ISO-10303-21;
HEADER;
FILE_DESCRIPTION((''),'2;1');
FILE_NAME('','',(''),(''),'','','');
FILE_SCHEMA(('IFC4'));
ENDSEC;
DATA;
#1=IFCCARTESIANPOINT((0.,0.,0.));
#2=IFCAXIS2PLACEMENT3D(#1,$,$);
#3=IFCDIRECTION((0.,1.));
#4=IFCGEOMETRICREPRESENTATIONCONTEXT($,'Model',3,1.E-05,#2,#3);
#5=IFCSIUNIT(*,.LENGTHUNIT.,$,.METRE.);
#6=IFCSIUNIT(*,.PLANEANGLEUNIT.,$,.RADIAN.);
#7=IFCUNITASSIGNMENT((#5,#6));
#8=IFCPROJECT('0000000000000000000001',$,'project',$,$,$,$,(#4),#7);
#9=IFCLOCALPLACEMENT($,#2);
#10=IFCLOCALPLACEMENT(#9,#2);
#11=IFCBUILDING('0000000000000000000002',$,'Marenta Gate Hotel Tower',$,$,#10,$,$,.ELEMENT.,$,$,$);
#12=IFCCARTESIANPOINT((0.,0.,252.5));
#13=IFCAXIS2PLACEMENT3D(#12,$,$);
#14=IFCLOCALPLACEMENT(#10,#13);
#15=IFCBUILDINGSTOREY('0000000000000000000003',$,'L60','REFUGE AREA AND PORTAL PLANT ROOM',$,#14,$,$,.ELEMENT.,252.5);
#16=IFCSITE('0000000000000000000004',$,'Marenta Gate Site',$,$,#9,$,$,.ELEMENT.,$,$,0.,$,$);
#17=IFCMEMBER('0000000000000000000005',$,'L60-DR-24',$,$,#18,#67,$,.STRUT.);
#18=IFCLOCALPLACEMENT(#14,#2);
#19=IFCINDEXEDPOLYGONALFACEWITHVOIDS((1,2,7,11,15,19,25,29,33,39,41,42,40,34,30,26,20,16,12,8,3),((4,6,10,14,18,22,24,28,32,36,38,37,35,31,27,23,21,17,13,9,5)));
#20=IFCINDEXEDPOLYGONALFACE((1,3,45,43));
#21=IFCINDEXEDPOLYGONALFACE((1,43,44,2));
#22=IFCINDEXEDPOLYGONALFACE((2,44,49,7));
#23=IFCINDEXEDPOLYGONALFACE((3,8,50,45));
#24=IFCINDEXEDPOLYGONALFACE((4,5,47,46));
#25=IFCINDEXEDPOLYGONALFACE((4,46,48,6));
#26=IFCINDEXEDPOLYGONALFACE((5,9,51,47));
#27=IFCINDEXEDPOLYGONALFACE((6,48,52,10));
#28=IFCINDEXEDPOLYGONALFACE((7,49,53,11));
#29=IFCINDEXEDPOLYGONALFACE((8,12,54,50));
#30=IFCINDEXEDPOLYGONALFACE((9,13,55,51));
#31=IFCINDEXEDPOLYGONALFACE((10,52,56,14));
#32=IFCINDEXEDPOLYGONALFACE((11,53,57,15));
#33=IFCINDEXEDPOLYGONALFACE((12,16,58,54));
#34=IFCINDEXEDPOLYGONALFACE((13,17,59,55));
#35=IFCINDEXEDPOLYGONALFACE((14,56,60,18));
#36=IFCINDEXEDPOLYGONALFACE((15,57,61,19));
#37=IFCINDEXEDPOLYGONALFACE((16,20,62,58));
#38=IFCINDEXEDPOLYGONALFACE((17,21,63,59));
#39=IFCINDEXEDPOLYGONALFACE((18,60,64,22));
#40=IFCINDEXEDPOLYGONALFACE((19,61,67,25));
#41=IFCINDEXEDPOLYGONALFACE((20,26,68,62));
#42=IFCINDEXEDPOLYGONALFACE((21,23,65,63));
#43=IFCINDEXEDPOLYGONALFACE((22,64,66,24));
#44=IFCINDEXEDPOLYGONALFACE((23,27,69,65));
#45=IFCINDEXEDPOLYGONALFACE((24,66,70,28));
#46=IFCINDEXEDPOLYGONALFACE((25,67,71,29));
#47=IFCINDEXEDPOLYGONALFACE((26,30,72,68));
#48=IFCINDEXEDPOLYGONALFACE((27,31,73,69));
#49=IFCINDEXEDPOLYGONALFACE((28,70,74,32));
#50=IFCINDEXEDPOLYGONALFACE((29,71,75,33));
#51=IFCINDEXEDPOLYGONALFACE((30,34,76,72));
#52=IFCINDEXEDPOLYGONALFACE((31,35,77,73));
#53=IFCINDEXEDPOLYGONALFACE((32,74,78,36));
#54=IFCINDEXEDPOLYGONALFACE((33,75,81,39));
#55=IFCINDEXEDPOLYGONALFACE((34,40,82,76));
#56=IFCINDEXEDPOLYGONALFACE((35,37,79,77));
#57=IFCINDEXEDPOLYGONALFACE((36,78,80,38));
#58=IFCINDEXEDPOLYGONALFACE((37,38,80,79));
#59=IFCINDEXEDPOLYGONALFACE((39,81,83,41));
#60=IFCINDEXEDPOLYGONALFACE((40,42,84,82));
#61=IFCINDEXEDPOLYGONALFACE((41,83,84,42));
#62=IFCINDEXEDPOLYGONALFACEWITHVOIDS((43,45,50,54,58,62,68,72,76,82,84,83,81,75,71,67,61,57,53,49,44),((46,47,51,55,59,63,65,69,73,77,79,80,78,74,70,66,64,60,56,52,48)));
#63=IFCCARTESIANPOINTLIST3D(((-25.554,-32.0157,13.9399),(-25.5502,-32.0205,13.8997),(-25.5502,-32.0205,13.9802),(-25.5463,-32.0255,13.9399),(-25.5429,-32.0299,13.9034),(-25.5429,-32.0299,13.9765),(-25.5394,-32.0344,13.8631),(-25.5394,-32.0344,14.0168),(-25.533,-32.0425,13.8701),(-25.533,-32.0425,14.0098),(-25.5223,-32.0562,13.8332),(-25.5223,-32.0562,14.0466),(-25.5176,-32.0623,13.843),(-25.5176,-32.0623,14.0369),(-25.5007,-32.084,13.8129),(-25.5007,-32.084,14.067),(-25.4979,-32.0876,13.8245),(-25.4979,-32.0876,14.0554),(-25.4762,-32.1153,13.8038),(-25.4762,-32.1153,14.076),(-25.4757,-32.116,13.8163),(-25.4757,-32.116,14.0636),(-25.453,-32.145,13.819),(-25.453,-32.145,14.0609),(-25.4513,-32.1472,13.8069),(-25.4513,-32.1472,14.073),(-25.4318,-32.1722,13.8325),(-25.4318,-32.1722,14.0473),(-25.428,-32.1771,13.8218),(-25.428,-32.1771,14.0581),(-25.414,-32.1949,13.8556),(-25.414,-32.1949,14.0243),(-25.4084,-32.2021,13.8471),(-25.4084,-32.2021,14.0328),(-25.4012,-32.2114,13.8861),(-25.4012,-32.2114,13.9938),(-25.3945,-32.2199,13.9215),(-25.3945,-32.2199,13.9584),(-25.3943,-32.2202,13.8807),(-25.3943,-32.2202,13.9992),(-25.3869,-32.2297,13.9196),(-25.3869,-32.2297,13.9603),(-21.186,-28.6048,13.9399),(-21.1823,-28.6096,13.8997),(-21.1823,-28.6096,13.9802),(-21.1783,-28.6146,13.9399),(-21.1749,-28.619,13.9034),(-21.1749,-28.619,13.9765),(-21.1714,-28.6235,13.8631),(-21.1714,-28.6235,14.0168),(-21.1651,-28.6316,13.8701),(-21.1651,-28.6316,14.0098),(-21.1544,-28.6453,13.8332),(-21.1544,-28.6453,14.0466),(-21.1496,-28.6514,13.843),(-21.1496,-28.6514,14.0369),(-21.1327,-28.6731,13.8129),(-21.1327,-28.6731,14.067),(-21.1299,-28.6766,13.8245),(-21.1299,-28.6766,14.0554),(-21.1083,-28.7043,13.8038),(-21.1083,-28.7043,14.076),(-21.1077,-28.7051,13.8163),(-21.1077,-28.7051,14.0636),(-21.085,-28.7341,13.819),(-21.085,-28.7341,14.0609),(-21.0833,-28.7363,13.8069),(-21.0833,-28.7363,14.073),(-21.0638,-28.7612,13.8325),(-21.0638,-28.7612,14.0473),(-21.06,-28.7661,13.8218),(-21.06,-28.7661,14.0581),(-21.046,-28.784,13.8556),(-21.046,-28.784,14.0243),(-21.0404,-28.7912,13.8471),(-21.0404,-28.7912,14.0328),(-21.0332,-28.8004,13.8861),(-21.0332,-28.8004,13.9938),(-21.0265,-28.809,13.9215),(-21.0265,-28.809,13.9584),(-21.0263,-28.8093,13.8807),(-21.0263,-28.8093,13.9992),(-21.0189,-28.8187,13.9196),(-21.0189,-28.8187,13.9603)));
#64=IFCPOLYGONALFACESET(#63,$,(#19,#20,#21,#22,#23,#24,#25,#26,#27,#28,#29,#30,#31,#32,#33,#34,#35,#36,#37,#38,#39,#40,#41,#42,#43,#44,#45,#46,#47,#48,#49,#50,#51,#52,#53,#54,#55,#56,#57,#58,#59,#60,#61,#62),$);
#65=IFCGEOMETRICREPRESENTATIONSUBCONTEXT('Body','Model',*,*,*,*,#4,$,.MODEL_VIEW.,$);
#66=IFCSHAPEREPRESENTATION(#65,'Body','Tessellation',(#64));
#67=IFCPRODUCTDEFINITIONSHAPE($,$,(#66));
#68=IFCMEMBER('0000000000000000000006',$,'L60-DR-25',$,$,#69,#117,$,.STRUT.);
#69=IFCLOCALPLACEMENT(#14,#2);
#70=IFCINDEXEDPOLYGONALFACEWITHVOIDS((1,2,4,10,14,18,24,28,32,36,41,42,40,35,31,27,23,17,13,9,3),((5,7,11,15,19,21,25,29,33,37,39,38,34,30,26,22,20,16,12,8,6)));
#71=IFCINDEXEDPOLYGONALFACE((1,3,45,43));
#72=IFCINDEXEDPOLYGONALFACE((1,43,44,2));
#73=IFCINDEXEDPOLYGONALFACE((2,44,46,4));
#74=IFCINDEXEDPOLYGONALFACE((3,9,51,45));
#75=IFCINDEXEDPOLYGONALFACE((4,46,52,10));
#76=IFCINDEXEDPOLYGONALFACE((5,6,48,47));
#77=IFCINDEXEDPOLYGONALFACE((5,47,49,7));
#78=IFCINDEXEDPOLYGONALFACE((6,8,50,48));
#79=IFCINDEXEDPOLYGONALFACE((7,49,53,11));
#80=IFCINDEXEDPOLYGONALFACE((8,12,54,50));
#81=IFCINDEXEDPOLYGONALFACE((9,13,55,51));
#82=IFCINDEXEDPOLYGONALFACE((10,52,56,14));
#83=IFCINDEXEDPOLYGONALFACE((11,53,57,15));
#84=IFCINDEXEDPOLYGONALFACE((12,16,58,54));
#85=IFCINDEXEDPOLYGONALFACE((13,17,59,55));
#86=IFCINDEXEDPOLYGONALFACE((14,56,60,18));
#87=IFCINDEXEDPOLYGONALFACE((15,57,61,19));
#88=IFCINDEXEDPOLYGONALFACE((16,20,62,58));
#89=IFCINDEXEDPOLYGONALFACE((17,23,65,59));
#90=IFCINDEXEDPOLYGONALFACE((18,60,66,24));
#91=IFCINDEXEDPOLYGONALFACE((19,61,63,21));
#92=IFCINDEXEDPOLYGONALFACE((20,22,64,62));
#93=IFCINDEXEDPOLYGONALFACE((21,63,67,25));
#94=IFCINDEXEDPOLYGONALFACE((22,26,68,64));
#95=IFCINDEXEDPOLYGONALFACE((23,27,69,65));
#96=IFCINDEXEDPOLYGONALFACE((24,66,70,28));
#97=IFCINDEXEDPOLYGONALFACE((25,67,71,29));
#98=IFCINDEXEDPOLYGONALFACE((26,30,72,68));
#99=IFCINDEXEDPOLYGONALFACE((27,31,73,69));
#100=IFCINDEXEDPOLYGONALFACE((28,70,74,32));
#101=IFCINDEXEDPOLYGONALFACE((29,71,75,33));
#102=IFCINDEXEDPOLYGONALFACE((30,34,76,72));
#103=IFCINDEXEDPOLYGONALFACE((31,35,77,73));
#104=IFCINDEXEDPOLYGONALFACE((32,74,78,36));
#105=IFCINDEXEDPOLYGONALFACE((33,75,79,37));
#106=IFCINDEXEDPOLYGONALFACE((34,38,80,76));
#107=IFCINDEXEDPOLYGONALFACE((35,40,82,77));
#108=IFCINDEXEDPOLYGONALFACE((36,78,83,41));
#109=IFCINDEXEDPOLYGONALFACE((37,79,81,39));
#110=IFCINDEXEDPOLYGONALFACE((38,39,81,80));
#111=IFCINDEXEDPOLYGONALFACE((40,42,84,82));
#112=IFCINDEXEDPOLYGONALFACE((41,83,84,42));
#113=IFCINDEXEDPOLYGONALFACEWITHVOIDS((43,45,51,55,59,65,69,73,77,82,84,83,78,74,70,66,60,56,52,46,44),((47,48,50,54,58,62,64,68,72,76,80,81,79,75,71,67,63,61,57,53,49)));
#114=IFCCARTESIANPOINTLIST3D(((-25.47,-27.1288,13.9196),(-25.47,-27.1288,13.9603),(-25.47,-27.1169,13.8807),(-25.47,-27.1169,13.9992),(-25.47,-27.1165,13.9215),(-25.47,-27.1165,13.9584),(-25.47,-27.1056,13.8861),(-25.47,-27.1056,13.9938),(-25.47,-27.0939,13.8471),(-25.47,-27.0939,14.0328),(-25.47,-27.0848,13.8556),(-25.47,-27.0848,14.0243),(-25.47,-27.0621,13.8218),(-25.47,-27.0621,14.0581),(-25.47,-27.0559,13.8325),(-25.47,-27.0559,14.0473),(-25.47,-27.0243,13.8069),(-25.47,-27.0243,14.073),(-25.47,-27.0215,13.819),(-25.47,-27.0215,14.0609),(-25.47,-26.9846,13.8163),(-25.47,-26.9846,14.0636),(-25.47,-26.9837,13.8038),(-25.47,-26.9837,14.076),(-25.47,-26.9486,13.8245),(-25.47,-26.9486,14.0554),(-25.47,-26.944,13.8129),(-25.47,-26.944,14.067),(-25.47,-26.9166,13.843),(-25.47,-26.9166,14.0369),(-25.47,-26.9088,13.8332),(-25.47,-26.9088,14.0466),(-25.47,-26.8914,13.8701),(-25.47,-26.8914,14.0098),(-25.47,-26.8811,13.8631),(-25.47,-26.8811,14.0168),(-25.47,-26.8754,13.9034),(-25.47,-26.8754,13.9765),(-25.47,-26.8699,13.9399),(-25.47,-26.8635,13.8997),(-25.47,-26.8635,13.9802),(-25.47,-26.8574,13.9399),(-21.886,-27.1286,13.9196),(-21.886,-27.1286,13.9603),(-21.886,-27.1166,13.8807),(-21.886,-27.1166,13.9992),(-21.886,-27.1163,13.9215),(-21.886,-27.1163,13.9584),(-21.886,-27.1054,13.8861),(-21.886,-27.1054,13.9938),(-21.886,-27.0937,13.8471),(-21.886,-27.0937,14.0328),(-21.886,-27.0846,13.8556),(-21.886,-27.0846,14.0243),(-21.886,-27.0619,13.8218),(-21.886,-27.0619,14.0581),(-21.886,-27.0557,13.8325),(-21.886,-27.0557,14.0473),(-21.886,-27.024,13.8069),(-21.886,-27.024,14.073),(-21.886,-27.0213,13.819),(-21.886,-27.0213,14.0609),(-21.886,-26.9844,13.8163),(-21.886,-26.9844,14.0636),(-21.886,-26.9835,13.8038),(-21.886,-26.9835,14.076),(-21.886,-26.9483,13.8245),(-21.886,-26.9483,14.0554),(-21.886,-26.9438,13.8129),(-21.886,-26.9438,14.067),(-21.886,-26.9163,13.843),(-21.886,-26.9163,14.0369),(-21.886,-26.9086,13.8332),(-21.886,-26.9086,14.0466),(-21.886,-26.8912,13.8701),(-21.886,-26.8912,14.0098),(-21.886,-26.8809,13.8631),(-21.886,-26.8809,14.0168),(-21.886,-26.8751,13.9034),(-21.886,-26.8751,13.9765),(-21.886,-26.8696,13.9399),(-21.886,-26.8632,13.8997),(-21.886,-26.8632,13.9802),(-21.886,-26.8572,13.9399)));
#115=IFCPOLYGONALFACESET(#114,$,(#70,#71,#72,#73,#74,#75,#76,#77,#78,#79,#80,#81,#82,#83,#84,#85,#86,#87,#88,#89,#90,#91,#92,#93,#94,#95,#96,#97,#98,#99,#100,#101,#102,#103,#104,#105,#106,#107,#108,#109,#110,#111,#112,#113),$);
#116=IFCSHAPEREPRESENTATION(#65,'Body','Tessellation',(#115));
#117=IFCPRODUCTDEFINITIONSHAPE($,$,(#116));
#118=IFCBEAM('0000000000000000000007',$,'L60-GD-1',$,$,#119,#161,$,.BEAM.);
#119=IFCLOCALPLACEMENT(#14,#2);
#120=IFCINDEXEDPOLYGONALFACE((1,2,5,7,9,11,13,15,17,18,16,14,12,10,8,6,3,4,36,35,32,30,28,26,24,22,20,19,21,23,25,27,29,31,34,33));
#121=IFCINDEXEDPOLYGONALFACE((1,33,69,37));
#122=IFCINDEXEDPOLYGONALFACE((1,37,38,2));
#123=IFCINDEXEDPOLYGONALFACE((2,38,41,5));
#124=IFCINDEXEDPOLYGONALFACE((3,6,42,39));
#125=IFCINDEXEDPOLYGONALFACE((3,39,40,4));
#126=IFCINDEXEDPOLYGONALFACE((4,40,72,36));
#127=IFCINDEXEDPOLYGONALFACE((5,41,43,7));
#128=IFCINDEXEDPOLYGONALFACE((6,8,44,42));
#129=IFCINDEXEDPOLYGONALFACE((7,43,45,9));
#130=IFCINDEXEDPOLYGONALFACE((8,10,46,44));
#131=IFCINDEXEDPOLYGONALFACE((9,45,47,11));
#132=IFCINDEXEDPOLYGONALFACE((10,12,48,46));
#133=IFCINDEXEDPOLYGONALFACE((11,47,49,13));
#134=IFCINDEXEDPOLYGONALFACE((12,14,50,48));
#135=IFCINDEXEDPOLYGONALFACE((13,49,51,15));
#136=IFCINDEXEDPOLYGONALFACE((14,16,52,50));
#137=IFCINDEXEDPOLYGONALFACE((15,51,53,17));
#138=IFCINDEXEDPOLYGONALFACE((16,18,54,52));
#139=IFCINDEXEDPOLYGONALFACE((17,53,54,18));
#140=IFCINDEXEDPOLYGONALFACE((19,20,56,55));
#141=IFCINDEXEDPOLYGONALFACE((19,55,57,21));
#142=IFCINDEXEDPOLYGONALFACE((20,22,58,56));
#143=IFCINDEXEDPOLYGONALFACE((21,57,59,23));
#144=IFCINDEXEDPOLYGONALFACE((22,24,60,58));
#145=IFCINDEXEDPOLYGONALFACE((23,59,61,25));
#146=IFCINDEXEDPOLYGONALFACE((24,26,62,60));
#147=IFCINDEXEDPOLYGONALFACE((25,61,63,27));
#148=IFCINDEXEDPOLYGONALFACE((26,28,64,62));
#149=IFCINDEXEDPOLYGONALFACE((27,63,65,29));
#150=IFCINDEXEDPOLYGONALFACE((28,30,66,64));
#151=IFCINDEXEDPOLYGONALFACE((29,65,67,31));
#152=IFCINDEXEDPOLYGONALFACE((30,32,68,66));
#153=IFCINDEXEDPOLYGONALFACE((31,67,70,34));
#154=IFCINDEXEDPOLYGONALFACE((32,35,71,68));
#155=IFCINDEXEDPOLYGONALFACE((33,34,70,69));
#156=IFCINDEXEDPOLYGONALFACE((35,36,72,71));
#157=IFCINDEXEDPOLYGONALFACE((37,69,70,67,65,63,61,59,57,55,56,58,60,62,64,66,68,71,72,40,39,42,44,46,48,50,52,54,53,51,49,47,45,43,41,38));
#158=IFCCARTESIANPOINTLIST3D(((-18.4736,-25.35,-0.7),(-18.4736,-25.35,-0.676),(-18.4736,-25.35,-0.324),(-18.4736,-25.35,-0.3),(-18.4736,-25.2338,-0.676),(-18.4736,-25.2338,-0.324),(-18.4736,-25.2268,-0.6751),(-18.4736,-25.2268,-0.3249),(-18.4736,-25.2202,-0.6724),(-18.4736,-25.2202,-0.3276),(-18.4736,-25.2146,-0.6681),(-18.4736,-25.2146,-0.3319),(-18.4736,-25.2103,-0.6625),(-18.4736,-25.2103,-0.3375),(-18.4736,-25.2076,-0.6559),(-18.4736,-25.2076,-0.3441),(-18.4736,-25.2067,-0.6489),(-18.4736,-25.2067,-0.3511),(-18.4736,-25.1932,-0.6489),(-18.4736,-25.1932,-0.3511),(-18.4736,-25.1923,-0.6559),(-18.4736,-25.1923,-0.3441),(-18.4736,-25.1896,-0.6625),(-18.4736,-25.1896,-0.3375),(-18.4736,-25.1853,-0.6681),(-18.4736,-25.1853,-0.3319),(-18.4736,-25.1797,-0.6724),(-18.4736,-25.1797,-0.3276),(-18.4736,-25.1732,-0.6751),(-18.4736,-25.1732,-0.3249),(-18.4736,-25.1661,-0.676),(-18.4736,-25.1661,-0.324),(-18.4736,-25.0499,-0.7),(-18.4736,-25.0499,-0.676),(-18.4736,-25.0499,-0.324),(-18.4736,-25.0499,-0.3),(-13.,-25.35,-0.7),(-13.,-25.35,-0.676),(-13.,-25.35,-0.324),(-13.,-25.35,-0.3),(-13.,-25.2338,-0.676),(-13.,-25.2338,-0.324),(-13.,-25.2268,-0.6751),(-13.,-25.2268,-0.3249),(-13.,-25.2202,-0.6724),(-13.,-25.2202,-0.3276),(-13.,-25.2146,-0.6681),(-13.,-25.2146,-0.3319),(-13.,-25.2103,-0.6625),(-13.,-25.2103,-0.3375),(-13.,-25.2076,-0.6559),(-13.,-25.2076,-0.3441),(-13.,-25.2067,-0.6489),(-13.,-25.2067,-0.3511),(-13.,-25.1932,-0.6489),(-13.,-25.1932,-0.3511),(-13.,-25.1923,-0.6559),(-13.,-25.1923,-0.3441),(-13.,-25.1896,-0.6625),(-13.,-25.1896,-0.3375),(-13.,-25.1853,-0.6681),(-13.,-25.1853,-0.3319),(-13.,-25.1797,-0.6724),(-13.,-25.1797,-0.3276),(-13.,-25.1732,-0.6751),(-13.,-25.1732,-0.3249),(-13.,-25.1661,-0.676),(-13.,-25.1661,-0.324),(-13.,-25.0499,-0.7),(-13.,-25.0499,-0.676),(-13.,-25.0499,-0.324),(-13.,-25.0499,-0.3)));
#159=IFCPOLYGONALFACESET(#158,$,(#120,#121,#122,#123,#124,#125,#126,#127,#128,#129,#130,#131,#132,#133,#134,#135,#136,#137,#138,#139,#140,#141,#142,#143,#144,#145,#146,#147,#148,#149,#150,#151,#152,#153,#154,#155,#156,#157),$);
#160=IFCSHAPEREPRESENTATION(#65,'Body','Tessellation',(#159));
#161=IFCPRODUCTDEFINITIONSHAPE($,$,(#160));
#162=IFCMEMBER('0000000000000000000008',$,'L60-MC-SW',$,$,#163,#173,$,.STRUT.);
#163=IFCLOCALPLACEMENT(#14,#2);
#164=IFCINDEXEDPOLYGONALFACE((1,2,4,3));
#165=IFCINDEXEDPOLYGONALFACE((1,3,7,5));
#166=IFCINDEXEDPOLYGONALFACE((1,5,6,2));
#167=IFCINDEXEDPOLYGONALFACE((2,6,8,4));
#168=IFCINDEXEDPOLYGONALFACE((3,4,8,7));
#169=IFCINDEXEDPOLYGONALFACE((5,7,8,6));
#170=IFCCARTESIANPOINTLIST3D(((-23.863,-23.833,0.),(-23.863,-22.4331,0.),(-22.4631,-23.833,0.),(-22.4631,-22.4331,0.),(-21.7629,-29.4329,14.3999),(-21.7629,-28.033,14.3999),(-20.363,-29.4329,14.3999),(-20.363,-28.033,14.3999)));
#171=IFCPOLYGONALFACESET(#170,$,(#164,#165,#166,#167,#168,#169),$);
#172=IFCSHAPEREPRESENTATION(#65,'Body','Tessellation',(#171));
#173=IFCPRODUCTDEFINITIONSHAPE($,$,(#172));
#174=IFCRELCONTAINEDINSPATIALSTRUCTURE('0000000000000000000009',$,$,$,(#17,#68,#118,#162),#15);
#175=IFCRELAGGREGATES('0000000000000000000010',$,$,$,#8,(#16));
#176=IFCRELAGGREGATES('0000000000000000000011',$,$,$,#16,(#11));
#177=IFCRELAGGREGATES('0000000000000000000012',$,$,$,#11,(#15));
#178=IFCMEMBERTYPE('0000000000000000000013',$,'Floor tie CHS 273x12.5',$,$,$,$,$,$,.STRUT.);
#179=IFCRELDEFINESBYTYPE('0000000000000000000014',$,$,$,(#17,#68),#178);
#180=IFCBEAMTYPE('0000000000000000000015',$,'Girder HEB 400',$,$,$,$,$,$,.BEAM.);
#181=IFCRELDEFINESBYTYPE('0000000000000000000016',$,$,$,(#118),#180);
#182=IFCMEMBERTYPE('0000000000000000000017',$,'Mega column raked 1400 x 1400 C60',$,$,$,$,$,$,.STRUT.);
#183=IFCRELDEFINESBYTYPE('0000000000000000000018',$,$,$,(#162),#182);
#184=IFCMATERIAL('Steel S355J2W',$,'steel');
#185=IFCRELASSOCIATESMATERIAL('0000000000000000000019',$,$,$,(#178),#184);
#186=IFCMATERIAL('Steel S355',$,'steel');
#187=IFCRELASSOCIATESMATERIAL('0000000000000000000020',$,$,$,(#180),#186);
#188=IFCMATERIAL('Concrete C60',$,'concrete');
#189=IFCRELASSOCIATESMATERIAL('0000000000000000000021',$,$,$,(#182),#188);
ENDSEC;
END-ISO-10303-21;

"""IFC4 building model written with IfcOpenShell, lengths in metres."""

from ifc_helpers import new_model, si_unit, direction, frame, origin, origin_2d, place, context, subcontext, project, spatial, rectangle, hollow_circle, i_section, extrude, material, material_profile, profile_set, type_object, element, save


model = new_model("IFC4")

# Units and contexts
model_context = context("Model", 3, precision=1e-05, world=origin(), true_north=direction((0.0, 1.0)))
body_context = subcontext(model_context, "Body", "Model", "MODEL_VIEW")
ifc_project = project(units=[si_unit("LENGTHUNIT", "METRE"), si_unit("PLANEANGLEUNIT", "RADIAN")], contexts=[model_context])

# Site, building, storey
site_placement = place(None, origin())
site = spatial("IfcSite", under=ifc_project, at=site_placement, Name="Marenta Gate Site", CompositionType="ELEMENT", RefElevation=0.0)
building_placement = place(site_placement, origin())
building = spatial("IfcBuilding", under=site, at=building_placement, Name="Marenta Gate Hotel Tower", CompositionType="ELEMENT")
storey_placement = place(building_placement, frame((0.0, 0.0, 252.5)))
storey = spatial("IfcBuildingStorey", under=building, at=storey_placement, Name="L60", Description="REFUGE AREA AND PORTAL PLANT ROOM", CompositionType="ELEMENT", Elevation=252.5)

# Members
ifc_material_1 = material(Name="Steel S355J2W", Category="steel")
ifc_material_profile_1 = material_profile(ifc_material_1, hollow_circle(Radius=0.1365, WallThickness=0.0125, at=origin_2d()), Name="CHS 273x12.5")
ifc_profile_set_1 = profile_set([ifc_material_profile_1], Name="Steel S355J2W")
member_type_1 = type_object("IfcMemberType", Name="Floor tie CHS 273x12.5", PredefinedType="STRUT", material=ifc_profile_set_1)
member_1_placement = place(storey_placement, frame((-25.47, -32.1233, 13.9399), z_axis=(0.78816, 0.61547, 0.0), x_axis=(-0.61547, 0.78816, 0.0)))
element("IfcMember", 1, at=member_1_placement, inside=storey, type_object=member_type_1, Name="L60-DR-24", PredefinedType="STRUT", context=body_context, shape_type="SweptSolid", body=[
    extrude(hollow_circle(Radius=0.1365, WallThickness=0.0125, at=origin_2d()), origin(), (0.0, 0.0, 1.0), 5.542),
])
member_2_placement = place(storey_placement, frame((-25.47, -26.9939, 13.9399), z_axis=(1.0, 0.000068, 0.0), x_axis=(-0.000068, 1.0, 0.0)))
element("IfcMember", 2, at=member_2_placement, inside=storey, type_object=member_type_1, Name="L60-DR-25", PredefinedType="STRUT", context=body_context, shape_type="SweptSolid", body=[
    extrude(hollow_circle(Radius=0.1365, WallThickness=0.0125, at=origin_2d()), origin(), (0.0, 0.0, 1.0), 3.584),
])

# Beam
ifc_material_2 = material(Name="Steel S355", Category="steel")
ifc_material_profile_2 = material_profile(ifc_material_2, i_section(OverallWidth=0.3, OverallDepth=0.3999, WebThickness=0.0134, FlangeThickness=0.0239, FilletRadius=0.0271, at=origin_2d()), Name="HEB 400")
ifc_profile_set_2 = profile_set([ifc_material_profile_2], Name="Steel S355")
beam_type_1 = type_object("IfcBeamType", Name="Girder HEB 400", PredefinedType="BEAM", material=ifc_profile_set_2)
beam_1_placement = place(storey_placement, frame((-18.4736, -25.2, -0.5), z_axis=(1.0, 0.0, 0.0), x_axis=(0.0, 1.0, 0.0)))
element("IfcBeam", 3, at=beam_1_placement, inside=storey, type_object=beam_type_1, Name="L60-GD-1", PredefinedType="BEAM", context=body_context, shape_type="SweptSolid", body=[
    extrude(i_section(OverallWidth=0.3, OverallDepth=0.3999, WebThickness=0.0134, FlangeThickness=0.0239, FilletRadius=0.0271, at=origin_2d()), origin(), (0.0, 0.0, 1.0), 5.4736),
])

# Member
ifc_material_3 = material(Name="Concrete C60", Category="concrete")
ifc_material_profile_3 = material_profile(ifc_material_3, rectangle(XDim=1.3999, YDim=1.3999, at=origin_2d()), Name="1400 x 1400")
ifc_profile_set_3 = profile_set([ifc_material_profile_3], Name="Concrete C60")
member_type_2 = type_object("IfcMemberType", Name="Mega column raked 1400 x 1400 C60", PredefinedType="STRUT", material=ifc_profile_set_3)
member_3_placement = place(storey_placement, frame((-23.1631, -23.1331, 0.0), z_axis=(0.0, 0.0, 1.0), x_axis=(1.0, 0.0, 0.0)))
element("IfcMember", 4, at=member_3_placement, inside=storey, type_object=member_type_2, Name="L60-MC-SW", PredefinedType="STRUT", context=body_context, shape_type="SweptSolid", body=[
    extrude(rectangle(XDim=1.3999, YDim=1.3999, at=origin_2d()), origin(), (0.134686, -0.359138, 0.923515), 15.5925),
])

save(model, "model.ifc")
